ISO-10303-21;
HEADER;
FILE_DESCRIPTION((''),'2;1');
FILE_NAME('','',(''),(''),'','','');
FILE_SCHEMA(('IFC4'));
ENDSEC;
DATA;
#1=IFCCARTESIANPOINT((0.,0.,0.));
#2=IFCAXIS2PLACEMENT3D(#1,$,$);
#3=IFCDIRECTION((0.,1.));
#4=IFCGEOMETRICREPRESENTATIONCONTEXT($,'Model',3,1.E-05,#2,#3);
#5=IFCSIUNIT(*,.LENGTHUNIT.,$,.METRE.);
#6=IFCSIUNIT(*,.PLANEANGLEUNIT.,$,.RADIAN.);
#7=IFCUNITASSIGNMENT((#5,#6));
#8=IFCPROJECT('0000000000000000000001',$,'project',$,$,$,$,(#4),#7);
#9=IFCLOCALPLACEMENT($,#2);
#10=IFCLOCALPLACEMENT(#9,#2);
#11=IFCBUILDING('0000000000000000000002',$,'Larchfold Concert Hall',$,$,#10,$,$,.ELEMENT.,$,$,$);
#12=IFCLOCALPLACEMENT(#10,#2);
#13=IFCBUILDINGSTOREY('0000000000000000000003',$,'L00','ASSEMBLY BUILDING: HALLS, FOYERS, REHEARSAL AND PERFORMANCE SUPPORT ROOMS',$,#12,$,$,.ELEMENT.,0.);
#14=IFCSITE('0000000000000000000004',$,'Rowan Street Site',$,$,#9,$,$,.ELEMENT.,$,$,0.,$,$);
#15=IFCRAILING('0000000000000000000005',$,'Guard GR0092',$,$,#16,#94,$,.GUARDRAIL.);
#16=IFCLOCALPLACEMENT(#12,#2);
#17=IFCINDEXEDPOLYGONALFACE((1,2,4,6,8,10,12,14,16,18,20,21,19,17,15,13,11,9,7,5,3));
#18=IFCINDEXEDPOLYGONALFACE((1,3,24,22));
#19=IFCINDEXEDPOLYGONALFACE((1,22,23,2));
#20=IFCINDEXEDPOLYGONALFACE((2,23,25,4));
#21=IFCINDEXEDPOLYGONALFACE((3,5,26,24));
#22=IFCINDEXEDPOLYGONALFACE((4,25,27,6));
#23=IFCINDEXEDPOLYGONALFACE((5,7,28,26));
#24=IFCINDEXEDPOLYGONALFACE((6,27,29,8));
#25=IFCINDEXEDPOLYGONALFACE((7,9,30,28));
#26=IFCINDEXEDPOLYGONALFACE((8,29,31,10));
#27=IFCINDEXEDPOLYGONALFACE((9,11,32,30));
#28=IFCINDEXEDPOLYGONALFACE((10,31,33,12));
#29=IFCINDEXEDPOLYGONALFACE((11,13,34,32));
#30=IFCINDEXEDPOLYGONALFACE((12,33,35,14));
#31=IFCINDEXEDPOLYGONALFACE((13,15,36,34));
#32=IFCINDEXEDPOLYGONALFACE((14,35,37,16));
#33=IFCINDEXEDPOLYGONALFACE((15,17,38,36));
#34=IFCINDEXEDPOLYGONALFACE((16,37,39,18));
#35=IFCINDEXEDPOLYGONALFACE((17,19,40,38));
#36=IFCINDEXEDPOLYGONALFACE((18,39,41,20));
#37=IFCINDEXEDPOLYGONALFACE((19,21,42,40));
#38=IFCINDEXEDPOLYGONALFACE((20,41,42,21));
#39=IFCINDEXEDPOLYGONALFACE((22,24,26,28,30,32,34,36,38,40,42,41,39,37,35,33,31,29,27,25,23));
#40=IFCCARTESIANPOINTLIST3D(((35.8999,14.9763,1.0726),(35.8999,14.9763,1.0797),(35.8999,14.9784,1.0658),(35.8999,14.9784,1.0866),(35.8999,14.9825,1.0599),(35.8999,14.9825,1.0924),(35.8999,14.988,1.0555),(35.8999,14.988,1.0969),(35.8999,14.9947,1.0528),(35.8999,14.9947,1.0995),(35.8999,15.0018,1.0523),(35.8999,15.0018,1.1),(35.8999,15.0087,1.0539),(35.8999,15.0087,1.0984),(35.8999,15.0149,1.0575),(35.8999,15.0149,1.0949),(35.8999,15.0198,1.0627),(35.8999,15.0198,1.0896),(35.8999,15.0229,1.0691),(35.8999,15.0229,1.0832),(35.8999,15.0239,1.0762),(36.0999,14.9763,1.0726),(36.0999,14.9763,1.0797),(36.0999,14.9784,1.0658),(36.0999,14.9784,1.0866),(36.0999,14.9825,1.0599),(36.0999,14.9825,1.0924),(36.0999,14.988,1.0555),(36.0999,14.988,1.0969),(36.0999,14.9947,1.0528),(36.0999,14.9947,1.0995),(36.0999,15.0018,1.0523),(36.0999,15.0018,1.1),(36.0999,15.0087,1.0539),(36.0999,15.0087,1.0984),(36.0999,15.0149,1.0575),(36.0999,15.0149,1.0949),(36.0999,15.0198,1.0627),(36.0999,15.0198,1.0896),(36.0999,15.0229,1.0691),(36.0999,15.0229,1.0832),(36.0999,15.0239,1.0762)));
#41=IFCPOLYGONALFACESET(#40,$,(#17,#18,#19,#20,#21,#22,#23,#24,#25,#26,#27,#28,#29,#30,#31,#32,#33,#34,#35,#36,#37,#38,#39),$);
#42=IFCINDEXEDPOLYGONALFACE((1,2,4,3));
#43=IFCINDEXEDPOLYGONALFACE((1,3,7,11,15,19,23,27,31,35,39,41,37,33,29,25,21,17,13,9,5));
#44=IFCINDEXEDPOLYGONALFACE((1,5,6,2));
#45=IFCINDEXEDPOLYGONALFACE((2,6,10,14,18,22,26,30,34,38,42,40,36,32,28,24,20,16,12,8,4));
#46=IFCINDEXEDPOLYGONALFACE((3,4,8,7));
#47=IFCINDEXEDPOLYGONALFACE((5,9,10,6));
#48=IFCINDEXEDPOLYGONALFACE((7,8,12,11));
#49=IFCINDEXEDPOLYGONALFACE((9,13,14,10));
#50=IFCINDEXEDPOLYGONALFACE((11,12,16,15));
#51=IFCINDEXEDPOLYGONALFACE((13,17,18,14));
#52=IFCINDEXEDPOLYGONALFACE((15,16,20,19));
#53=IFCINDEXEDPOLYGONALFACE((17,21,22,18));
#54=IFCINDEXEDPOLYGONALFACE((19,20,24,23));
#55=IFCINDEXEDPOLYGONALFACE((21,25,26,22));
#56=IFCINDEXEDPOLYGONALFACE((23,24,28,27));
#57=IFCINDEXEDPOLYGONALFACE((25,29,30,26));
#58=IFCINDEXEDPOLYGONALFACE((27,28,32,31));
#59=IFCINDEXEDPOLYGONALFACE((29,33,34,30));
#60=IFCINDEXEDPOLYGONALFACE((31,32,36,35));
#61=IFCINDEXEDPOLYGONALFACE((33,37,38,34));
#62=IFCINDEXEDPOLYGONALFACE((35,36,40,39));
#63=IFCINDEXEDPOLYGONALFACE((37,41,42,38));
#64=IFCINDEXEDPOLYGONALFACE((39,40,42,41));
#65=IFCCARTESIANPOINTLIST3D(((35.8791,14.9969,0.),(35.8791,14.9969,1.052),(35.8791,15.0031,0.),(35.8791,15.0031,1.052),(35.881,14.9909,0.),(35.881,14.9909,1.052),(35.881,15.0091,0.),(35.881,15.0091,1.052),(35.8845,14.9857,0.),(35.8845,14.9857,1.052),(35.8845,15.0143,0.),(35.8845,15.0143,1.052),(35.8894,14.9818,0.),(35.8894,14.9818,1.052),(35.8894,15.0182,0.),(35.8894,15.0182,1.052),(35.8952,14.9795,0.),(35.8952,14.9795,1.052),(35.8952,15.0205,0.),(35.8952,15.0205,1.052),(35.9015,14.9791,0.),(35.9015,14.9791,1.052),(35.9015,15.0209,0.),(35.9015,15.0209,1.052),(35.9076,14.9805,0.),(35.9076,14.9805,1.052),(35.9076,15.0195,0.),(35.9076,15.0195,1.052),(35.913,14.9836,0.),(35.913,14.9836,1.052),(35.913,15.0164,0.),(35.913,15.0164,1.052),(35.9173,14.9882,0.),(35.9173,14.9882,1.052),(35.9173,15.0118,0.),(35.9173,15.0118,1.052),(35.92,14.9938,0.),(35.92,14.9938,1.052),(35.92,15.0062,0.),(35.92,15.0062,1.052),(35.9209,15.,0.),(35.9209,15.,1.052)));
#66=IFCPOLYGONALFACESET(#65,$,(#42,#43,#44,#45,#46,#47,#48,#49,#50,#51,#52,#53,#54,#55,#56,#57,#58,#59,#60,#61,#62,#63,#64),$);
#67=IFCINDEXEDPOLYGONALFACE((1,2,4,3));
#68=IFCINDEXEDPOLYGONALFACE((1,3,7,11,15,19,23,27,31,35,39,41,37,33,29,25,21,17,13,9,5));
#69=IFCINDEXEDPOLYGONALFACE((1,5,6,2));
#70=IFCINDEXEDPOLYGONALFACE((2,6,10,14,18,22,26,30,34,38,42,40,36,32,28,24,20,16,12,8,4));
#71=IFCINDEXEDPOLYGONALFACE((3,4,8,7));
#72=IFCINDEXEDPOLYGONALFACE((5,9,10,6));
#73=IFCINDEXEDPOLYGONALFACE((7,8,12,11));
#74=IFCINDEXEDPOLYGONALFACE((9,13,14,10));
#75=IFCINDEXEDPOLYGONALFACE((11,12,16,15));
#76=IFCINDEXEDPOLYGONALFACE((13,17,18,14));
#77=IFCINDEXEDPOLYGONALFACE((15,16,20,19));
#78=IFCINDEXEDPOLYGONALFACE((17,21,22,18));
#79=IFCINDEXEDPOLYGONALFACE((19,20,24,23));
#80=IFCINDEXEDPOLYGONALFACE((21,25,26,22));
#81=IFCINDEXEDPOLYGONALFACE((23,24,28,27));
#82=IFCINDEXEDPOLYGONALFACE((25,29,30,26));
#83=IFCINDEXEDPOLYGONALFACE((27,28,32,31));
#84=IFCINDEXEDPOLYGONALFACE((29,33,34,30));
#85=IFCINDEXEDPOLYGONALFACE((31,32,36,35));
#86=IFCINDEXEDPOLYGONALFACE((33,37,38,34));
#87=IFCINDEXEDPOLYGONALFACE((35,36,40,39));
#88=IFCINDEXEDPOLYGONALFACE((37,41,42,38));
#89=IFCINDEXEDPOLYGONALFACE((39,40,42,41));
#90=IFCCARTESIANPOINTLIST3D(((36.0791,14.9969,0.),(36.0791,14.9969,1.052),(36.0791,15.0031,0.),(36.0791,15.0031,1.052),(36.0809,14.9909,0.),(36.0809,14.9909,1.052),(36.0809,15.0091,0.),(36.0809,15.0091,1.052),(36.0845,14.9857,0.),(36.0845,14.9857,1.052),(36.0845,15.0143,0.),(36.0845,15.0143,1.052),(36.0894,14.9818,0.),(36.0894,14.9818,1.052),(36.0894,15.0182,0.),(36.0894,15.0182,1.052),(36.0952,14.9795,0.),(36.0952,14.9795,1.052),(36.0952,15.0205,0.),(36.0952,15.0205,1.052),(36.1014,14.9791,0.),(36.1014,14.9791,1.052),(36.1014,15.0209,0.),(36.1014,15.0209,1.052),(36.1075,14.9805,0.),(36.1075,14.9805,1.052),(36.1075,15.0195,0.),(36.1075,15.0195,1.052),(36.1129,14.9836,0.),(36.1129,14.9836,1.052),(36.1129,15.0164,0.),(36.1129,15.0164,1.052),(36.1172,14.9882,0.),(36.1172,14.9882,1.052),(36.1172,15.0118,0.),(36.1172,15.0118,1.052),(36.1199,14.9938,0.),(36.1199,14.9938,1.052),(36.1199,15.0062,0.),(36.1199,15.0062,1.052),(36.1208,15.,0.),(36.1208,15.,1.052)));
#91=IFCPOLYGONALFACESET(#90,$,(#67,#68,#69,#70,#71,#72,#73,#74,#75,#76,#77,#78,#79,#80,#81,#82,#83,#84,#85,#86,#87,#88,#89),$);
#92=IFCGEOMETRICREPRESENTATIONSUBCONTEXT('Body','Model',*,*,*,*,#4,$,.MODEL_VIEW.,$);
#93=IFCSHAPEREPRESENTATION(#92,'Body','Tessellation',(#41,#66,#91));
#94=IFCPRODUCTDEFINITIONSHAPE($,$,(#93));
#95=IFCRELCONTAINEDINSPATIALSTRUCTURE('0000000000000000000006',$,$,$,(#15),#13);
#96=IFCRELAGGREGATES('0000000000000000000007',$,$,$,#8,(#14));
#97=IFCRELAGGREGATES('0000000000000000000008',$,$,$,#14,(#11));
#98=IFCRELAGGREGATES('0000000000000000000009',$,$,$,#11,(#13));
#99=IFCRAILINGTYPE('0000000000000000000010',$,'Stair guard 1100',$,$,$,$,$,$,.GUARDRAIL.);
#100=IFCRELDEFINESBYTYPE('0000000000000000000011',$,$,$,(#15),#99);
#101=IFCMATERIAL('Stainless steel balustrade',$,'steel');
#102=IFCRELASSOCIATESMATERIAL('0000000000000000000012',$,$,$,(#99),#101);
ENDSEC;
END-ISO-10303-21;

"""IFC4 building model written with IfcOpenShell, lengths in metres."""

from ifc_helpers import new_model, si_unit, direction, frame, origin, origin_2d, place, context, subcontext, project, spatial, circle, extrude, material, type_object, element, save


model = new_model("IFC4")

# Units and contexts
model_context = context("Model", 3, precision=1e-05, world=origin(), true_north=direction((0.0, 1.0)))
body_context = subcontext(model_context, "Body", "Model", "MODEL_VIEW")
ifc_project = project(units=[si_unit("LENGTHUNIT", "METRE"), si_unit("PLANEANGLEUNIT", "RADIAN")], contexts=[model_context])

# Site, building, storey
site_placement = place(None, origin())
site = spatial("IfcSite", under=ifc_project, at=site_placement, Name="Rowan Street Site", CompositionType="ELEMENT", RefElevation=0.0)
building_placement = place(site_placement, origin())
building = spatial("IfcBuilding", under=site, at=building_placement, Name="Larchfold Concert Hall", CompositionType="ELEMENT")
storey_placement = place(building_placement, origin())
storey = spatial("IfcBuildingStorey", under=building, at=storey_placement, Name="L00", Description="ASSEMBLY BUILDING: HALLS, FOYERS, REHEARSAL AND PERFORMANCE SUPPORT ROOMS", CompositionType="ELEMENT", Elevation=0.0)

# Railing
ifc_material_1 = material(Name="Stainless steel balustrade", Category="steel")
railing_type_1 = type_object("IfcRailingType", Name="Stair guard 1100", PredefinedType="GUARDRAIL", material=ifc_material_1)
railing_1_placement = place(storey_placement, frame((35.8999, 15.0, 0.0)))
element("IfcRailing", 1, at=railing_1_placement, inside=storey, type_object=railing_type_1, Name="Guard GR0092", PredefinedType="GUARDRAIL", context=body_context, shape_type="SweptSolid", body=[
    extrude(circle(Radius=0.0239, at=origin_2d()), frame((0.0, 0.0, 1.0762), z_axis=(1.0, 0.0, 0.0), x_axis=(0.0, 1.0, 0.0)), (0.0, 0.0, 1.0), 0.2),
    extrude(circle(Radius=0.021, at=origin_2d()), origin(), (0.0, 0.0, 1.0), 1.052),
    extrude(circle(Radius=0.021, at=origin_2d()), frame((0.2, 0.0, 0.0)), (0.0, 0.0, 1.0), 1.052),
])

save(model, "model.ifc")
